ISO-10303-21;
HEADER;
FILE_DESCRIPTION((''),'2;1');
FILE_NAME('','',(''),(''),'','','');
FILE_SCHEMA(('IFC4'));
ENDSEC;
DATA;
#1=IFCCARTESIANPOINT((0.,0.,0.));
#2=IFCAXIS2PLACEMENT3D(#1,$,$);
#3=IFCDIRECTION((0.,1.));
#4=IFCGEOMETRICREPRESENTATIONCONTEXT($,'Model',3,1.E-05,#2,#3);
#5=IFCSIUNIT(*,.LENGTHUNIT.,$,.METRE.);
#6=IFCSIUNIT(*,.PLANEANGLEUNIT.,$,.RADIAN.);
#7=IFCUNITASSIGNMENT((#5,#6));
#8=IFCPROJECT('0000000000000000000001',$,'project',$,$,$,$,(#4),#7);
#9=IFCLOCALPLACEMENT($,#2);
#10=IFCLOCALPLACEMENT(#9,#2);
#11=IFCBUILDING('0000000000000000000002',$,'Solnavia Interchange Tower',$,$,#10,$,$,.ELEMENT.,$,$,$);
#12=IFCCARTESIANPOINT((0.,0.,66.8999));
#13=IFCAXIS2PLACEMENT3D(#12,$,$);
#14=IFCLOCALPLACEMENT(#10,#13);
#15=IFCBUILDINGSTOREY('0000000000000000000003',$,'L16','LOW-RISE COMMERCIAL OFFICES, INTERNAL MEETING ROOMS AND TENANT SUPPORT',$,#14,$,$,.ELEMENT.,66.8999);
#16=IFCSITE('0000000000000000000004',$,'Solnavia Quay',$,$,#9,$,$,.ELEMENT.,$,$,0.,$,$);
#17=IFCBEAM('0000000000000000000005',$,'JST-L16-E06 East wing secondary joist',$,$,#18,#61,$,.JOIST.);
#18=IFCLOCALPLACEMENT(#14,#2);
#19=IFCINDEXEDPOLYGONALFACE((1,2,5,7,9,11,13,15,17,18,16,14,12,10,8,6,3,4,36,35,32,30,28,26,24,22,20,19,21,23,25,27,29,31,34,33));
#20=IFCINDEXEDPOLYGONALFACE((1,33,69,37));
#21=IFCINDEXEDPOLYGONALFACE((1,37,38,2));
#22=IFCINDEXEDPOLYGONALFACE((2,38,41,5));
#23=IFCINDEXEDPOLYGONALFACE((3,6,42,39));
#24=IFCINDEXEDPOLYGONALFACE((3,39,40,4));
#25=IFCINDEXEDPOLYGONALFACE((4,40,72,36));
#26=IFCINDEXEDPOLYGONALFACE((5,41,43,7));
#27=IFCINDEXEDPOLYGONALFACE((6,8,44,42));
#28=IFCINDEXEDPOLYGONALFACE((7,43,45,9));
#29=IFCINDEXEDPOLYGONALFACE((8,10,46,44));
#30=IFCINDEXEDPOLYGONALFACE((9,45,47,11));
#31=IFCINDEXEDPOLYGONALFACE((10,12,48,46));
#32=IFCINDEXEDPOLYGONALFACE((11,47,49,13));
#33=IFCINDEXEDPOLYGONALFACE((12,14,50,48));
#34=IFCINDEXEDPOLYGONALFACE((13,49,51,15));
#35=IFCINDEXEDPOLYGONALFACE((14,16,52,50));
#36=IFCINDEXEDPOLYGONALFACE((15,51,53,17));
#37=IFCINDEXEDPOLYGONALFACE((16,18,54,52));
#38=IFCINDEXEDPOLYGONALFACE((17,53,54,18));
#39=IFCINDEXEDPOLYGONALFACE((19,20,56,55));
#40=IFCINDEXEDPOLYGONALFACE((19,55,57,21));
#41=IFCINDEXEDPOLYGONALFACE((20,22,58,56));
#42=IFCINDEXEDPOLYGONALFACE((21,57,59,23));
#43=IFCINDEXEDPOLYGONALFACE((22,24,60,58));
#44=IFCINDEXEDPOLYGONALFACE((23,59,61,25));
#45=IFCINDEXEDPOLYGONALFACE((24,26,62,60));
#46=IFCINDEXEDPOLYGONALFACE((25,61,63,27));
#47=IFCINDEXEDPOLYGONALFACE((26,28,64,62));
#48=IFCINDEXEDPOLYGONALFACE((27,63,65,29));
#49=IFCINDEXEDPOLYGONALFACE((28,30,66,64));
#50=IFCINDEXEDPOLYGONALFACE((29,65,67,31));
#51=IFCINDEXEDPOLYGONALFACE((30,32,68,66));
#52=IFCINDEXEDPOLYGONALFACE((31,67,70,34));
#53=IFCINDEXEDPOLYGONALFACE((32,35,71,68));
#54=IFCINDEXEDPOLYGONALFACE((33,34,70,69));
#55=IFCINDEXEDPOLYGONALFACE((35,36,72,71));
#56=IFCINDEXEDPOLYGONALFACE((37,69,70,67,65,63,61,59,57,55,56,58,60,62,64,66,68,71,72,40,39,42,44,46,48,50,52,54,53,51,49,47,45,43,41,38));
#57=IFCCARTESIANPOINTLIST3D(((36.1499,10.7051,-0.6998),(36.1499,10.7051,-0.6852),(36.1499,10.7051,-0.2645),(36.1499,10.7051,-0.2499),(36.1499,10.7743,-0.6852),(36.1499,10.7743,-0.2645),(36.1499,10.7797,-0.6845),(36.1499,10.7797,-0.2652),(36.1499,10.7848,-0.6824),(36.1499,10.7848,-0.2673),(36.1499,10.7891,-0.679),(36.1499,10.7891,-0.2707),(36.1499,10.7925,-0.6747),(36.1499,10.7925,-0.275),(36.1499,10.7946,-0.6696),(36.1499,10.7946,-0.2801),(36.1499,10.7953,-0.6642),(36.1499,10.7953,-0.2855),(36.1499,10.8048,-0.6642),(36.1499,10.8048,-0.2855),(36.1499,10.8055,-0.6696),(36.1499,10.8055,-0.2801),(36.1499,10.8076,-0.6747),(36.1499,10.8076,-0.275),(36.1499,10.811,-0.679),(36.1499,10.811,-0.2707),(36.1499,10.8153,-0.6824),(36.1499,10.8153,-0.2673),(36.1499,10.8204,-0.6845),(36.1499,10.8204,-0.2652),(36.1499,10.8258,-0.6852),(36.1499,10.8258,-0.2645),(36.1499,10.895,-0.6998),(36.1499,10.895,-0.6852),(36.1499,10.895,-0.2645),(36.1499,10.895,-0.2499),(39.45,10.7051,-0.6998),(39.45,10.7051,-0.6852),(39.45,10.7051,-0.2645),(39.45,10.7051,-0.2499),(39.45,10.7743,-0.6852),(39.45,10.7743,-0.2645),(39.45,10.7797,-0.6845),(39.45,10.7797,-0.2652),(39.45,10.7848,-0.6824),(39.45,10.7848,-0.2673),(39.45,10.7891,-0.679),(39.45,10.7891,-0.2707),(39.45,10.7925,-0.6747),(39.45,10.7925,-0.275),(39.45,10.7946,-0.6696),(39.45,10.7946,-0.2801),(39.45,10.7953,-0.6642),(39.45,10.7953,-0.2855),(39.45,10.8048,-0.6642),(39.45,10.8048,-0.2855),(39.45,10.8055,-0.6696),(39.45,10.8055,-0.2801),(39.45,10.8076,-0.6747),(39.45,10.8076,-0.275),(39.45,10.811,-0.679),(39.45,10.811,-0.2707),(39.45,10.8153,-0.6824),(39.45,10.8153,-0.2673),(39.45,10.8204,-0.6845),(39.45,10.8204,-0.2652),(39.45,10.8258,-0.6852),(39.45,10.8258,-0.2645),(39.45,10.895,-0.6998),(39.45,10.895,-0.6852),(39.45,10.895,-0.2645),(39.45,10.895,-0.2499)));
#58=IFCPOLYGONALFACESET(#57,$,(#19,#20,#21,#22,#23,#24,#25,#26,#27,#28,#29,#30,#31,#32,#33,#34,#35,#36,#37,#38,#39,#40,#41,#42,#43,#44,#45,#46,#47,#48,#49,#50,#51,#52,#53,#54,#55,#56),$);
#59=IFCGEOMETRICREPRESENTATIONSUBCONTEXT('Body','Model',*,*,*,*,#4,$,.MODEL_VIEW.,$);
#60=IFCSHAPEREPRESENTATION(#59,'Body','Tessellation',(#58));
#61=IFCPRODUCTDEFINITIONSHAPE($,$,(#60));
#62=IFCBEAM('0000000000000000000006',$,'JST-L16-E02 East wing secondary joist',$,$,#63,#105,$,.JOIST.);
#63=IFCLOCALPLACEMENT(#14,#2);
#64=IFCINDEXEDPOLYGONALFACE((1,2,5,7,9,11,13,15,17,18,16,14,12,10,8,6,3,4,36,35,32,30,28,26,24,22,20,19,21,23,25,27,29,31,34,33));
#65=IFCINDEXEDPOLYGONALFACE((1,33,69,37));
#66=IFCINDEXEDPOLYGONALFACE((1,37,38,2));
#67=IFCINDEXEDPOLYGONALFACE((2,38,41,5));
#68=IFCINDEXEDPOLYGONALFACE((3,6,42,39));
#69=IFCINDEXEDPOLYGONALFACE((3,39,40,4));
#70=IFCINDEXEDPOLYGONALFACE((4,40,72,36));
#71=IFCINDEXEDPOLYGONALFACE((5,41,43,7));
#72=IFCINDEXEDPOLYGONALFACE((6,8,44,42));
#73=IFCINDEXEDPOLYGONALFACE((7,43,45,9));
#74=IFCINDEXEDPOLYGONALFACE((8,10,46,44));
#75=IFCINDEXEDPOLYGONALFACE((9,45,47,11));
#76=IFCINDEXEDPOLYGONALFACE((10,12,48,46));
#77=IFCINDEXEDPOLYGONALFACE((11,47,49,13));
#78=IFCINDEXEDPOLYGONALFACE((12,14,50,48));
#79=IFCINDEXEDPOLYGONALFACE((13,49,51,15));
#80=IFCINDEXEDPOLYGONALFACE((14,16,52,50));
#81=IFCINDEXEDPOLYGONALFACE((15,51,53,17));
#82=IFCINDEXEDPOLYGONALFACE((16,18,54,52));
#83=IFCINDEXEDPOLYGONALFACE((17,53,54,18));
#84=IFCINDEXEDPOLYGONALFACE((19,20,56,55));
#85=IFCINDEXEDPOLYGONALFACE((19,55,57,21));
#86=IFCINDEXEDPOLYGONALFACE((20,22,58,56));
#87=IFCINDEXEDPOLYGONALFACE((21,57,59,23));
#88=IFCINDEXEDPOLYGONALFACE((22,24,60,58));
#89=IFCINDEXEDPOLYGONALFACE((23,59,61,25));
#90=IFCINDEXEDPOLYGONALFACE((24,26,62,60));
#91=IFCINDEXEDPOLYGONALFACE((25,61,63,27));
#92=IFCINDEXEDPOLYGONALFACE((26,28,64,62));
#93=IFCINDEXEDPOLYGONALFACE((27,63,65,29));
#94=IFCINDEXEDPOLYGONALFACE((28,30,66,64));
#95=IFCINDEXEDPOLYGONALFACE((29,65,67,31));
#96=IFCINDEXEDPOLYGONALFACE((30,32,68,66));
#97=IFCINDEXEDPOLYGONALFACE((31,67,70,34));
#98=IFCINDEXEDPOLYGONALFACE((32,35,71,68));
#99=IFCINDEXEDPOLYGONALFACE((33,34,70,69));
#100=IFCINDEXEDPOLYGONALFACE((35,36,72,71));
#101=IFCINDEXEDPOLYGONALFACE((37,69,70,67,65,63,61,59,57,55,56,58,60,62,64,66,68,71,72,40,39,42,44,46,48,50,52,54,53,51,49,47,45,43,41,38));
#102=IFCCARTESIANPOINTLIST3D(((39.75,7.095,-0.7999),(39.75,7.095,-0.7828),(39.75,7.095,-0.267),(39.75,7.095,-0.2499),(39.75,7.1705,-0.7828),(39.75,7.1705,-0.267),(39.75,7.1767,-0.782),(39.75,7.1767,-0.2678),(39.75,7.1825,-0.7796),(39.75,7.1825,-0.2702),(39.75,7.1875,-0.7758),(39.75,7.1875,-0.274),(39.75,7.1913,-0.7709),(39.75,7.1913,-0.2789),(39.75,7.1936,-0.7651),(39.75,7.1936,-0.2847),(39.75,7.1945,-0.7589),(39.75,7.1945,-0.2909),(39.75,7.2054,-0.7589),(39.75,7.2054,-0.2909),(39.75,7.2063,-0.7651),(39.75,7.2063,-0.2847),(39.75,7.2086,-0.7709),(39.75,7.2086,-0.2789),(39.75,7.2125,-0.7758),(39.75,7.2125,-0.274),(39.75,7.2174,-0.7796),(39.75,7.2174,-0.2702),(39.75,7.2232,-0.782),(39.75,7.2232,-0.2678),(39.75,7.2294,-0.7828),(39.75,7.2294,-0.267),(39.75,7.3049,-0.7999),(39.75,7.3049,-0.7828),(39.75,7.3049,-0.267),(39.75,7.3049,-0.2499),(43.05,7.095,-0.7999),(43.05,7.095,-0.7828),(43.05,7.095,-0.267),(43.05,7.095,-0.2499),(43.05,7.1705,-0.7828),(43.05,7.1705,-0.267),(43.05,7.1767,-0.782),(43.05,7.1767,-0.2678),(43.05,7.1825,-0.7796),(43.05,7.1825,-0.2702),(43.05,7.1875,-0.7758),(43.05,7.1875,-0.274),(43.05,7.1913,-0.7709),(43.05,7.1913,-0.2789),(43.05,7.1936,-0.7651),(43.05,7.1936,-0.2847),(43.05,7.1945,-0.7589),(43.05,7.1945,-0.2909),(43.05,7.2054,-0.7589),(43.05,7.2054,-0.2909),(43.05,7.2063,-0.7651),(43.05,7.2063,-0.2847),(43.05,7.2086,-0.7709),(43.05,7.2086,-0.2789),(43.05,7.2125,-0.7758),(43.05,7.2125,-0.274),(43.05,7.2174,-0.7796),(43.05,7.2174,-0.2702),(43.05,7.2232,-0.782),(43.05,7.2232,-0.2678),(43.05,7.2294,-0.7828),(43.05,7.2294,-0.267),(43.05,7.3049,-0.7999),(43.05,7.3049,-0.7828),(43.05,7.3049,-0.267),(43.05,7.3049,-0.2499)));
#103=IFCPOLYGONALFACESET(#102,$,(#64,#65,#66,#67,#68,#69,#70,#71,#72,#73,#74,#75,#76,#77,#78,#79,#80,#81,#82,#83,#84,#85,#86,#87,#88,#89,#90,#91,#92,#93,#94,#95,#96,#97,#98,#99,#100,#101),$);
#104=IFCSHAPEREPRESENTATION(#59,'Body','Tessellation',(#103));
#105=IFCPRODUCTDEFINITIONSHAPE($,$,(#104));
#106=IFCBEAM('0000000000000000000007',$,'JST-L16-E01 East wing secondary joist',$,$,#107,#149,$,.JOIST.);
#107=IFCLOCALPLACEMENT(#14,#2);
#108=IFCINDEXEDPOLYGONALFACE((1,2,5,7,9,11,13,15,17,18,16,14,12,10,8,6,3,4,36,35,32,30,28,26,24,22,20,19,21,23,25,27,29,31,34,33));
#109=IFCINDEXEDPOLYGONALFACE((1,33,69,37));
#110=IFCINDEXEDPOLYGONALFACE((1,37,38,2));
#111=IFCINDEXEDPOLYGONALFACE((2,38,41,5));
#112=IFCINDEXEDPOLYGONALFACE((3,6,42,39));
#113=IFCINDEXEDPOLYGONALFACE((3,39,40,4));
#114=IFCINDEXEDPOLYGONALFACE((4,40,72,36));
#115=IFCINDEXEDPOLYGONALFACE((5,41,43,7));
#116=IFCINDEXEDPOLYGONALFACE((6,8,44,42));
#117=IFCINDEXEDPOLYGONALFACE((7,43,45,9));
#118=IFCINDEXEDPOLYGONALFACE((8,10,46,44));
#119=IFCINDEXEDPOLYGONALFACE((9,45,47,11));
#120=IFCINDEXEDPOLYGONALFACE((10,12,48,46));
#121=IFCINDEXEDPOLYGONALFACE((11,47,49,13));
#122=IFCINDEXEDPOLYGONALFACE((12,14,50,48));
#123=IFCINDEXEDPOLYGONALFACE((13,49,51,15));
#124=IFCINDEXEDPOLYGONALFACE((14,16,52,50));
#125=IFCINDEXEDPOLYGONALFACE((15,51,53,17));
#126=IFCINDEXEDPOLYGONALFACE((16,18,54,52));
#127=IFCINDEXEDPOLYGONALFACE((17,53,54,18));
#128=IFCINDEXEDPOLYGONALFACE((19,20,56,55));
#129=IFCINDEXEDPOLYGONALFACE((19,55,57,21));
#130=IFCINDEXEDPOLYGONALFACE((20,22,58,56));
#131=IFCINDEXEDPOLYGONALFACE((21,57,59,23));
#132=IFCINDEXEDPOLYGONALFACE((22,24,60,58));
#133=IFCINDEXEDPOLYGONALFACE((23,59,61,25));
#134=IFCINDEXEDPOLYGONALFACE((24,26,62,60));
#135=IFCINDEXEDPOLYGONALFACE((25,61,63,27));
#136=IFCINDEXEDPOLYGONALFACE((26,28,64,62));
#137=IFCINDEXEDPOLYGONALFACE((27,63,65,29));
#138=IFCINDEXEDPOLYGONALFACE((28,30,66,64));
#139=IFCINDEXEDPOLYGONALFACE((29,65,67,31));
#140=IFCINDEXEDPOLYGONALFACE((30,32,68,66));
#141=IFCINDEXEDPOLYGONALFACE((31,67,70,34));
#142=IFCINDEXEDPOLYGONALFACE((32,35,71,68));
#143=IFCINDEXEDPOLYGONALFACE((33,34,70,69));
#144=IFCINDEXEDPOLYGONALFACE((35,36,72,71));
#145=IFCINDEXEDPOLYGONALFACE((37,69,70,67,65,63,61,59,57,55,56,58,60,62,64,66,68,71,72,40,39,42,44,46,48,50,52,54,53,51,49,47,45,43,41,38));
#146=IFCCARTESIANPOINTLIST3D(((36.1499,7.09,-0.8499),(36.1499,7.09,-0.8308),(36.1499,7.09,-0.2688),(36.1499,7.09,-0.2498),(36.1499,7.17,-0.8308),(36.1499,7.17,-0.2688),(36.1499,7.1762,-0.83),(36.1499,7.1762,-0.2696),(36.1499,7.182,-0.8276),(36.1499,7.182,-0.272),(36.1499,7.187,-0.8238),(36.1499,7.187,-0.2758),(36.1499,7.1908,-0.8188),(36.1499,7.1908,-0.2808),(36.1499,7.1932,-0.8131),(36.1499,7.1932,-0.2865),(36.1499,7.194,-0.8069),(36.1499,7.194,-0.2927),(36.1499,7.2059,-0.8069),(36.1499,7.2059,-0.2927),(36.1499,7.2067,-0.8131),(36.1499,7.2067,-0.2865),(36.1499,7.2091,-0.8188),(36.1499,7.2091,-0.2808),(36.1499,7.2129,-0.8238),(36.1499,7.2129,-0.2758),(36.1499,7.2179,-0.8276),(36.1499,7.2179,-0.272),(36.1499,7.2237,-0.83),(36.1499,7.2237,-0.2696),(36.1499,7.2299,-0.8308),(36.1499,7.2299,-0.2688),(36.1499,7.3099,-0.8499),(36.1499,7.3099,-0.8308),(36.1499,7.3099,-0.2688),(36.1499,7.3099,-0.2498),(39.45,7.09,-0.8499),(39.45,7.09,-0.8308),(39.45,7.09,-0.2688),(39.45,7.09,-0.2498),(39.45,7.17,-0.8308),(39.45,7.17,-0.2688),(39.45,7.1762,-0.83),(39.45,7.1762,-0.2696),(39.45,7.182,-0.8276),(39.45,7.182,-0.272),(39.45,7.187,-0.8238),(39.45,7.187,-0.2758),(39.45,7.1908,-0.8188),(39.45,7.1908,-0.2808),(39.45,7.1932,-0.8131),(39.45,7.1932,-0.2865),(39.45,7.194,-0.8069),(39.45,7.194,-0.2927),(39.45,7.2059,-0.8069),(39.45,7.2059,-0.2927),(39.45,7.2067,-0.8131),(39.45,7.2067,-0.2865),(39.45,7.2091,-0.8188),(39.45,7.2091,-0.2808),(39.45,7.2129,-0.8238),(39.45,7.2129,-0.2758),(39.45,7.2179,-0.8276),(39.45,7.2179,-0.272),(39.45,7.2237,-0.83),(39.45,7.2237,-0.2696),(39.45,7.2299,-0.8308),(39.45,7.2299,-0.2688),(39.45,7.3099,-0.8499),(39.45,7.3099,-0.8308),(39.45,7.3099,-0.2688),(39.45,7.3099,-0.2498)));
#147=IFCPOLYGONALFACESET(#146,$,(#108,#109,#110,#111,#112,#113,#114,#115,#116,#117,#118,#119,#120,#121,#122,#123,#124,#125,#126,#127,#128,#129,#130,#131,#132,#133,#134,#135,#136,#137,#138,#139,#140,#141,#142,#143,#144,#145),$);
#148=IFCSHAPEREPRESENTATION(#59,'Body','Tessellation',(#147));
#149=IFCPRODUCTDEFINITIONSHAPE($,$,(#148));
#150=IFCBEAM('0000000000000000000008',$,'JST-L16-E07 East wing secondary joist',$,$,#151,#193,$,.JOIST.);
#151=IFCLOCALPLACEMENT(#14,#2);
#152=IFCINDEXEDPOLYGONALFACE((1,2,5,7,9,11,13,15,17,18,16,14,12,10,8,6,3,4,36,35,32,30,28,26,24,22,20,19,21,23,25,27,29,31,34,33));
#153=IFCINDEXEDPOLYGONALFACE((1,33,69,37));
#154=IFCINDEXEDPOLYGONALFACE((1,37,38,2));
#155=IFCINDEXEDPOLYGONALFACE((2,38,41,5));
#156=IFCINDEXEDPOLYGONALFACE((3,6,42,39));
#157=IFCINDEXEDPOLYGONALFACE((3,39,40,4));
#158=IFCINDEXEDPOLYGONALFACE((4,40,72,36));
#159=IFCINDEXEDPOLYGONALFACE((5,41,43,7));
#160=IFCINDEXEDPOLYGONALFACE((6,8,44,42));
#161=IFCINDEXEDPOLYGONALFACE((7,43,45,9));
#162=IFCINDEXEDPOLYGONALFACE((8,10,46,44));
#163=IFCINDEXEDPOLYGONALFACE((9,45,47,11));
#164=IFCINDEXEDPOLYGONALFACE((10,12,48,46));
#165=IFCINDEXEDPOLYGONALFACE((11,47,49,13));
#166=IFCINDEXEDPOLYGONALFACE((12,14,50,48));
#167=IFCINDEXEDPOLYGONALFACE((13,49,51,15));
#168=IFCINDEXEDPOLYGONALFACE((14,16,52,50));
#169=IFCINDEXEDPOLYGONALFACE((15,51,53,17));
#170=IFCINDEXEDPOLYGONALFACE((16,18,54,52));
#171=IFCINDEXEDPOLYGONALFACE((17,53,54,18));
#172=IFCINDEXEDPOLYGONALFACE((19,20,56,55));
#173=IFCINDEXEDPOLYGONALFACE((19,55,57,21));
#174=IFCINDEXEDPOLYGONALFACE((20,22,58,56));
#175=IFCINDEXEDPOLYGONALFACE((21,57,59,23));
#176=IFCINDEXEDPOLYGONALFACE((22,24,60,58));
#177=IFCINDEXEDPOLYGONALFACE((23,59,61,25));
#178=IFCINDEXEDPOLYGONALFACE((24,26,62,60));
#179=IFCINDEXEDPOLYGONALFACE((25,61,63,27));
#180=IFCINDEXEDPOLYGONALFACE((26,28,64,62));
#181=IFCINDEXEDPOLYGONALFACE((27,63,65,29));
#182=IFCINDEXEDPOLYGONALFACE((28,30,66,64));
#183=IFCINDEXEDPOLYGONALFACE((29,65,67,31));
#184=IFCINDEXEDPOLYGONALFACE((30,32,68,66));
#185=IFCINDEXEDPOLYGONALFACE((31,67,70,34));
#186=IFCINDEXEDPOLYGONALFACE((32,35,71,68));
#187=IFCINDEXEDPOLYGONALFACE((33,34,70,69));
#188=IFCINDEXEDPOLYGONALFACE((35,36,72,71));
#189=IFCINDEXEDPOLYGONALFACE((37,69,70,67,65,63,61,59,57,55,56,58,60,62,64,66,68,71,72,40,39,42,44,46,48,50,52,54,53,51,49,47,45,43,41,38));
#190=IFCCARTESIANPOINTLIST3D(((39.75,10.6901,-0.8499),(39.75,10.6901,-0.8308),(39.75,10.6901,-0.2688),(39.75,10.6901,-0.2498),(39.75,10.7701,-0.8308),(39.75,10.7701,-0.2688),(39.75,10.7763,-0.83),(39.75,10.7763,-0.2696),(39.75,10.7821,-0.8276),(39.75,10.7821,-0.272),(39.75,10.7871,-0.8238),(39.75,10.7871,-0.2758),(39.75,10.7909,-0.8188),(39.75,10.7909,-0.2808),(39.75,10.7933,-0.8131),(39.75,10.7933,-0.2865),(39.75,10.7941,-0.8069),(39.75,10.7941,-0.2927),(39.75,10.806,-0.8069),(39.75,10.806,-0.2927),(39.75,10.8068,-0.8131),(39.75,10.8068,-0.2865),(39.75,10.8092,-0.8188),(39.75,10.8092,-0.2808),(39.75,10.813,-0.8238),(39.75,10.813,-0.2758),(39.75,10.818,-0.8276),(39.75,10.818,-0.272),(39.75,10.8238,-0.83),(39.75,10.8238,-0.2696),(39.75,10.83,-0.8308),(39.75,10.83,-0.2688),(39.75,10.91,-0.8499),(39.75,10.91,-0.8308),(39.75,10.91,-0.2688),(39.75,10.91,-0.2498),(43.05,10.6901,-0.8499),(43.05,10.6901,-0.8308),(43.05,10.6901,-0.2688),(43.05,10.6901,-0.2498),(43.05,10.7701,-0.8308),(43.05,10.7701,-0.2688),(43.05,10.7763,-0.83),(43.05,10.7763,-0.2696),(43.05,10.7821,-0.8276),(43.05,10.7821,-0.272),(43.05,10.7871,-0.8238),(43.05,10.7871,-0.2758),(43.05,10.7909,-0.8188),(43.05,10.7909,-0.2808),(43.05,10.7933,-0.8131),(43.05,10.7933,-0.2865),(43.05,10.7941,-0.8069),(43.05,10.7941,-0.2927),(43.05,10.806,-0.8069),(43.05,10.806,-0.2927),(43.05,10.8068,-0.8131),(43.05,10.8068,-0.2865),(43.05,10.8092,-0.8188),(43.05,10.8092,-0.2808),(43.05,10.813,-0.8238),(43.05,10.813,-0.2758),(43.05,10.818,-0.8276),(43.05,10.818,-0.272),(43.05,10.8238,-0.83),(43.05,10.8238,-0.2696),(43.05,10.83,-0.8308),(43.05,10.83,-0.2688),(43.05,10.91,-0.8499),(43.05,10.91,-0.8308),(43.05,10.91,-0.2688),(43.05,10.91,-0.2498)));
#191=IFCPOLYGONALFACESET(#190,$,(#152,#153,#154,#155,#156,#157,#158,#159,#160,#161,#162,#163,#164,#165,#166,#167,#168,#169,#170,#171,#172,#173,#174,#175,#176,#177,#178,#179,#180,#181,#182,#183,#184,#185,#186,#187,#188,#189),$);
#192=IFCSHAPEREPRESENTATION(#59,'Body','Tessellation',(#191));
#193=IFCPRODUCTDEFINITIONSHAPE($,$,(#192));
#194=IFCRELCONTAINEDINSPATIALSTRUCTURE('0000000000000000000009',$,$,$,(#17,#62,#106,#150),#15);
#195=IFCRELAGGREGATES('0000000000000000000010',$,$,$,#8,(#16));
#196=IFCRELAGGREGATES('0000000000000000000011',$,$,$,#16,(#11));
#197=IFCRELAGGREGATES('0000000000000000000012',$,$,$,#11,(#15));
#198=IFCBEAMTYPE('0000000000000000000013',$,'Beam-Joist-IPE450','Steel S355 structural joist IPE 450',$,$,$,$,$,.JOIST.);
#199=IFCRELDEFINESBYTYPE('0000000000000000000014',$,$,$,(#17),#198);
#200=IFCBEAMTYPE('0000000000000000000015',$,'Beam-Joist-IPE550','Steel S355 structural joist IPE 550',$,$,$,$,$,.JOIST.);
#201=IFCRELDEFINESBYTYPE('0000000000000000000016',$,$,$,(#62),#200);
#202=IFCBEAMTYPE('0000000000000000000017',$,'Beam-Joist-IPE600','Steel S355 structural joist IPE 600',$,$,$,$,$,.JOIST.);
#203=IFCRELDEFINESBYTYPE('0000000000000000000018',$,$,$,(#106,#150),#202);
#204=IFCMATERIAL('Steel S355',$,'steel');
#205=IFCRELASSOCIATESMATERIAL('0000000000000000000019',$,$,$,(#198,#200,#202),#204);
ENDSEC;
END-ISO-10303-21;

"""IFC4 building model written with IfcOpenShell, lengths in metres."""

from ifc_helpers import new_model, si_unit, direction, frame, origin, origin_2d, place, context, subcontext, project, spatial, i_section, extrude, material, material_profile, profile_set, type_object, element, save


model = new_model("IFC4")

# Units and contexts
model_context = context("Model", 3, precision=1e-05, world=origin(), true_north=direction((0.0, 1.0)))
body_context = subcontext(model_context, "Body", "Model", "MODEL_VIEW")
ifc_project = project(units=[si_unit("LENGTHUNIT", "METRE"), si_unit("PLANEANGLEUNIT", "RADIAN")], contexts=[model_context])

# Site, building, storey
site_placement = place(None, origin())
site = spatial("IfcSite", under=ifc_project, at=site_placement, Name="Solnavia Quay", CompositionType="ELEMENT", RefElevation=0.0)
building_placement = place(site_placement, origin())
building = spatial("IfcBuilding", under=site, at=building_placement, Name="Solnavia Interchange Tower", CompositionType="ELEMENT")
storey_placement = place(building_placement, frame((0.0, 0.0, 66.8999)))
storey = spatial("IfcBuildingStorey", under=building, at=storey_placement, Name="L16", Description="LOW-RISE COMMERCIAL OFFICES, INTERNAL MEETING ROOMS AND TENANT SUPPORT", CompositionType="ELEMENT", Elevation=66.8999)

# Shared definitions
ifc_material_1 = material(Name="Steel S355", Category="steel")

# Beams
ifc_material_profile_1 = material_profile(ifc_material_1, i_section(OverallWidth=0.1899, OverallDepth=0.45, WebThickness=0.0095, FlangeThickness=0.0146, FilletRadius=0.021, at=origin_2d()), Name="IPE 450")
ifc_profile_set_1 = profile_set([ifc_material_profile_1], Name="Steel S355")
beam_type_1 = type_object("IfcBeamType", Name="Beam-Joist-IPE450", Description="Steel S355 structural joist IPE 450", PredefinedType="JOIST", material=ifc_profile_set_1)
beam_1_placement = place(storey_placement, frame((36.1499, 10.8, -0.4749), z_axis=(1.0, 0.0, 0.0), x_axis=(0.0, 1.0, 0.0)))
element("IfcBeam", 1, at=beam_1_placement, inside=storey, type_object=beam_type_1, Name="JST-L16-E06 East wing secondary joist", PredefinedType="JOIST", context=body_context, shape_type="SweptSolid", body=[
    extrude(i_section(OverallWidth=0.1899, OverallDepth=0.45, WebThickness=0.0095, FlangeThickness=0.0146, FilletRadius=0.021, at=origin_2d()), origin(), (0.0, 0.0, 1.0), 3.3),
])
ifc_material_profile_2 = material_profile(ifc_material_1, i_section(OverallWidth=0.21, OverallDepth=0.55, WebThickness=0.011, FlangeThickness=0.0171, FilletRadius=0.0239, at=origin_2d()), Name="IPE 550")
ifc_profile_set_2 = profile_set([ifc_material_profile_2], Name="Steel S355")
beam_type_2 = type_object("IfcBeamType", Name="Beam-Joist-IPE550", Description="Steel S355 structural joist IPE 550", PredefinedType="JOIST", material=ifc_profile_set_2)
beam_2_placement = place(storey_placement, frame((39.75, 7.2, -0.5249), z_axis=(1.0, 0.0, 0.0), x_axis=(0.0, 1.0, 0.0)))
element("IfcBeam", 2, at=beam_2_placement, inside=storey, type_object=beam_type_2, Name="JST-L16-E02 East wing secondary joist", PredefinedType="JOIST", context=body_context, shape_type="SweptSolid", body=[
    extrude(i_section(OverallWidth=0.21, OverallDepth=0.55, WebThickness=0.011, FlangeThickness=0.0171, FilletRadius=0.0239, at=origin_2d()), origin(), (0.0, 0.0, 1.0), 3.3),
])
ifc_material_profile_3 = material_profile(ifc_material_1, i_section(OverallWidth=0.22, OverallDepth=0.6001, WebThickness=0.012, FlangeThickness=0.019, FilletRadius=0.0239, at=origin_2d()), Name="IPE 600")
ifc_profile_set_3 = profile_set([ifc_material_profile_3], Name="Steel S355")
beam_type_3 = type_object("IfcBeamType", Name="Beam-Joist-IPE600", Description="Steel S355 structural joist IPE 600", PredefinedType="JOIST", material=ifc_profile_set_3)
for number, where, z_axis, x_axis, name in (
    (3, (36.1499, 7.2, -0.5498), (1.0, 0.0, 0.0), (0.0, 1.0, 0.0), "JST-L16-E01 East wing secondary joist"),
    (4, (39.75, 10.8, -0.5498), (1.0, 0.0, 0.0), (0.0, 1.0, 0.0), "JST-L16-E07 East wing secondary joist"),
):
    element("IfcBeam", number, at=place(storey_placement, frame(where, z_axis=z_axis, x_axis=x_axis)), inside=storey, type_object=beam_type_3, Name=name, PredefinedType="JOIST", context=body_context, shape_type="SweptSolid", body=[
        extrude(i_section(OverallWidth=0.22, OverallDepth=0.6001, WebThickness=0.012, FlangeThickness=0.019, FilletRadius=0.0239, at=origin_2d()), origin(), (0.0, 0.0, 1.0), 3.3),
    ])

save(model, "model.ifc")
